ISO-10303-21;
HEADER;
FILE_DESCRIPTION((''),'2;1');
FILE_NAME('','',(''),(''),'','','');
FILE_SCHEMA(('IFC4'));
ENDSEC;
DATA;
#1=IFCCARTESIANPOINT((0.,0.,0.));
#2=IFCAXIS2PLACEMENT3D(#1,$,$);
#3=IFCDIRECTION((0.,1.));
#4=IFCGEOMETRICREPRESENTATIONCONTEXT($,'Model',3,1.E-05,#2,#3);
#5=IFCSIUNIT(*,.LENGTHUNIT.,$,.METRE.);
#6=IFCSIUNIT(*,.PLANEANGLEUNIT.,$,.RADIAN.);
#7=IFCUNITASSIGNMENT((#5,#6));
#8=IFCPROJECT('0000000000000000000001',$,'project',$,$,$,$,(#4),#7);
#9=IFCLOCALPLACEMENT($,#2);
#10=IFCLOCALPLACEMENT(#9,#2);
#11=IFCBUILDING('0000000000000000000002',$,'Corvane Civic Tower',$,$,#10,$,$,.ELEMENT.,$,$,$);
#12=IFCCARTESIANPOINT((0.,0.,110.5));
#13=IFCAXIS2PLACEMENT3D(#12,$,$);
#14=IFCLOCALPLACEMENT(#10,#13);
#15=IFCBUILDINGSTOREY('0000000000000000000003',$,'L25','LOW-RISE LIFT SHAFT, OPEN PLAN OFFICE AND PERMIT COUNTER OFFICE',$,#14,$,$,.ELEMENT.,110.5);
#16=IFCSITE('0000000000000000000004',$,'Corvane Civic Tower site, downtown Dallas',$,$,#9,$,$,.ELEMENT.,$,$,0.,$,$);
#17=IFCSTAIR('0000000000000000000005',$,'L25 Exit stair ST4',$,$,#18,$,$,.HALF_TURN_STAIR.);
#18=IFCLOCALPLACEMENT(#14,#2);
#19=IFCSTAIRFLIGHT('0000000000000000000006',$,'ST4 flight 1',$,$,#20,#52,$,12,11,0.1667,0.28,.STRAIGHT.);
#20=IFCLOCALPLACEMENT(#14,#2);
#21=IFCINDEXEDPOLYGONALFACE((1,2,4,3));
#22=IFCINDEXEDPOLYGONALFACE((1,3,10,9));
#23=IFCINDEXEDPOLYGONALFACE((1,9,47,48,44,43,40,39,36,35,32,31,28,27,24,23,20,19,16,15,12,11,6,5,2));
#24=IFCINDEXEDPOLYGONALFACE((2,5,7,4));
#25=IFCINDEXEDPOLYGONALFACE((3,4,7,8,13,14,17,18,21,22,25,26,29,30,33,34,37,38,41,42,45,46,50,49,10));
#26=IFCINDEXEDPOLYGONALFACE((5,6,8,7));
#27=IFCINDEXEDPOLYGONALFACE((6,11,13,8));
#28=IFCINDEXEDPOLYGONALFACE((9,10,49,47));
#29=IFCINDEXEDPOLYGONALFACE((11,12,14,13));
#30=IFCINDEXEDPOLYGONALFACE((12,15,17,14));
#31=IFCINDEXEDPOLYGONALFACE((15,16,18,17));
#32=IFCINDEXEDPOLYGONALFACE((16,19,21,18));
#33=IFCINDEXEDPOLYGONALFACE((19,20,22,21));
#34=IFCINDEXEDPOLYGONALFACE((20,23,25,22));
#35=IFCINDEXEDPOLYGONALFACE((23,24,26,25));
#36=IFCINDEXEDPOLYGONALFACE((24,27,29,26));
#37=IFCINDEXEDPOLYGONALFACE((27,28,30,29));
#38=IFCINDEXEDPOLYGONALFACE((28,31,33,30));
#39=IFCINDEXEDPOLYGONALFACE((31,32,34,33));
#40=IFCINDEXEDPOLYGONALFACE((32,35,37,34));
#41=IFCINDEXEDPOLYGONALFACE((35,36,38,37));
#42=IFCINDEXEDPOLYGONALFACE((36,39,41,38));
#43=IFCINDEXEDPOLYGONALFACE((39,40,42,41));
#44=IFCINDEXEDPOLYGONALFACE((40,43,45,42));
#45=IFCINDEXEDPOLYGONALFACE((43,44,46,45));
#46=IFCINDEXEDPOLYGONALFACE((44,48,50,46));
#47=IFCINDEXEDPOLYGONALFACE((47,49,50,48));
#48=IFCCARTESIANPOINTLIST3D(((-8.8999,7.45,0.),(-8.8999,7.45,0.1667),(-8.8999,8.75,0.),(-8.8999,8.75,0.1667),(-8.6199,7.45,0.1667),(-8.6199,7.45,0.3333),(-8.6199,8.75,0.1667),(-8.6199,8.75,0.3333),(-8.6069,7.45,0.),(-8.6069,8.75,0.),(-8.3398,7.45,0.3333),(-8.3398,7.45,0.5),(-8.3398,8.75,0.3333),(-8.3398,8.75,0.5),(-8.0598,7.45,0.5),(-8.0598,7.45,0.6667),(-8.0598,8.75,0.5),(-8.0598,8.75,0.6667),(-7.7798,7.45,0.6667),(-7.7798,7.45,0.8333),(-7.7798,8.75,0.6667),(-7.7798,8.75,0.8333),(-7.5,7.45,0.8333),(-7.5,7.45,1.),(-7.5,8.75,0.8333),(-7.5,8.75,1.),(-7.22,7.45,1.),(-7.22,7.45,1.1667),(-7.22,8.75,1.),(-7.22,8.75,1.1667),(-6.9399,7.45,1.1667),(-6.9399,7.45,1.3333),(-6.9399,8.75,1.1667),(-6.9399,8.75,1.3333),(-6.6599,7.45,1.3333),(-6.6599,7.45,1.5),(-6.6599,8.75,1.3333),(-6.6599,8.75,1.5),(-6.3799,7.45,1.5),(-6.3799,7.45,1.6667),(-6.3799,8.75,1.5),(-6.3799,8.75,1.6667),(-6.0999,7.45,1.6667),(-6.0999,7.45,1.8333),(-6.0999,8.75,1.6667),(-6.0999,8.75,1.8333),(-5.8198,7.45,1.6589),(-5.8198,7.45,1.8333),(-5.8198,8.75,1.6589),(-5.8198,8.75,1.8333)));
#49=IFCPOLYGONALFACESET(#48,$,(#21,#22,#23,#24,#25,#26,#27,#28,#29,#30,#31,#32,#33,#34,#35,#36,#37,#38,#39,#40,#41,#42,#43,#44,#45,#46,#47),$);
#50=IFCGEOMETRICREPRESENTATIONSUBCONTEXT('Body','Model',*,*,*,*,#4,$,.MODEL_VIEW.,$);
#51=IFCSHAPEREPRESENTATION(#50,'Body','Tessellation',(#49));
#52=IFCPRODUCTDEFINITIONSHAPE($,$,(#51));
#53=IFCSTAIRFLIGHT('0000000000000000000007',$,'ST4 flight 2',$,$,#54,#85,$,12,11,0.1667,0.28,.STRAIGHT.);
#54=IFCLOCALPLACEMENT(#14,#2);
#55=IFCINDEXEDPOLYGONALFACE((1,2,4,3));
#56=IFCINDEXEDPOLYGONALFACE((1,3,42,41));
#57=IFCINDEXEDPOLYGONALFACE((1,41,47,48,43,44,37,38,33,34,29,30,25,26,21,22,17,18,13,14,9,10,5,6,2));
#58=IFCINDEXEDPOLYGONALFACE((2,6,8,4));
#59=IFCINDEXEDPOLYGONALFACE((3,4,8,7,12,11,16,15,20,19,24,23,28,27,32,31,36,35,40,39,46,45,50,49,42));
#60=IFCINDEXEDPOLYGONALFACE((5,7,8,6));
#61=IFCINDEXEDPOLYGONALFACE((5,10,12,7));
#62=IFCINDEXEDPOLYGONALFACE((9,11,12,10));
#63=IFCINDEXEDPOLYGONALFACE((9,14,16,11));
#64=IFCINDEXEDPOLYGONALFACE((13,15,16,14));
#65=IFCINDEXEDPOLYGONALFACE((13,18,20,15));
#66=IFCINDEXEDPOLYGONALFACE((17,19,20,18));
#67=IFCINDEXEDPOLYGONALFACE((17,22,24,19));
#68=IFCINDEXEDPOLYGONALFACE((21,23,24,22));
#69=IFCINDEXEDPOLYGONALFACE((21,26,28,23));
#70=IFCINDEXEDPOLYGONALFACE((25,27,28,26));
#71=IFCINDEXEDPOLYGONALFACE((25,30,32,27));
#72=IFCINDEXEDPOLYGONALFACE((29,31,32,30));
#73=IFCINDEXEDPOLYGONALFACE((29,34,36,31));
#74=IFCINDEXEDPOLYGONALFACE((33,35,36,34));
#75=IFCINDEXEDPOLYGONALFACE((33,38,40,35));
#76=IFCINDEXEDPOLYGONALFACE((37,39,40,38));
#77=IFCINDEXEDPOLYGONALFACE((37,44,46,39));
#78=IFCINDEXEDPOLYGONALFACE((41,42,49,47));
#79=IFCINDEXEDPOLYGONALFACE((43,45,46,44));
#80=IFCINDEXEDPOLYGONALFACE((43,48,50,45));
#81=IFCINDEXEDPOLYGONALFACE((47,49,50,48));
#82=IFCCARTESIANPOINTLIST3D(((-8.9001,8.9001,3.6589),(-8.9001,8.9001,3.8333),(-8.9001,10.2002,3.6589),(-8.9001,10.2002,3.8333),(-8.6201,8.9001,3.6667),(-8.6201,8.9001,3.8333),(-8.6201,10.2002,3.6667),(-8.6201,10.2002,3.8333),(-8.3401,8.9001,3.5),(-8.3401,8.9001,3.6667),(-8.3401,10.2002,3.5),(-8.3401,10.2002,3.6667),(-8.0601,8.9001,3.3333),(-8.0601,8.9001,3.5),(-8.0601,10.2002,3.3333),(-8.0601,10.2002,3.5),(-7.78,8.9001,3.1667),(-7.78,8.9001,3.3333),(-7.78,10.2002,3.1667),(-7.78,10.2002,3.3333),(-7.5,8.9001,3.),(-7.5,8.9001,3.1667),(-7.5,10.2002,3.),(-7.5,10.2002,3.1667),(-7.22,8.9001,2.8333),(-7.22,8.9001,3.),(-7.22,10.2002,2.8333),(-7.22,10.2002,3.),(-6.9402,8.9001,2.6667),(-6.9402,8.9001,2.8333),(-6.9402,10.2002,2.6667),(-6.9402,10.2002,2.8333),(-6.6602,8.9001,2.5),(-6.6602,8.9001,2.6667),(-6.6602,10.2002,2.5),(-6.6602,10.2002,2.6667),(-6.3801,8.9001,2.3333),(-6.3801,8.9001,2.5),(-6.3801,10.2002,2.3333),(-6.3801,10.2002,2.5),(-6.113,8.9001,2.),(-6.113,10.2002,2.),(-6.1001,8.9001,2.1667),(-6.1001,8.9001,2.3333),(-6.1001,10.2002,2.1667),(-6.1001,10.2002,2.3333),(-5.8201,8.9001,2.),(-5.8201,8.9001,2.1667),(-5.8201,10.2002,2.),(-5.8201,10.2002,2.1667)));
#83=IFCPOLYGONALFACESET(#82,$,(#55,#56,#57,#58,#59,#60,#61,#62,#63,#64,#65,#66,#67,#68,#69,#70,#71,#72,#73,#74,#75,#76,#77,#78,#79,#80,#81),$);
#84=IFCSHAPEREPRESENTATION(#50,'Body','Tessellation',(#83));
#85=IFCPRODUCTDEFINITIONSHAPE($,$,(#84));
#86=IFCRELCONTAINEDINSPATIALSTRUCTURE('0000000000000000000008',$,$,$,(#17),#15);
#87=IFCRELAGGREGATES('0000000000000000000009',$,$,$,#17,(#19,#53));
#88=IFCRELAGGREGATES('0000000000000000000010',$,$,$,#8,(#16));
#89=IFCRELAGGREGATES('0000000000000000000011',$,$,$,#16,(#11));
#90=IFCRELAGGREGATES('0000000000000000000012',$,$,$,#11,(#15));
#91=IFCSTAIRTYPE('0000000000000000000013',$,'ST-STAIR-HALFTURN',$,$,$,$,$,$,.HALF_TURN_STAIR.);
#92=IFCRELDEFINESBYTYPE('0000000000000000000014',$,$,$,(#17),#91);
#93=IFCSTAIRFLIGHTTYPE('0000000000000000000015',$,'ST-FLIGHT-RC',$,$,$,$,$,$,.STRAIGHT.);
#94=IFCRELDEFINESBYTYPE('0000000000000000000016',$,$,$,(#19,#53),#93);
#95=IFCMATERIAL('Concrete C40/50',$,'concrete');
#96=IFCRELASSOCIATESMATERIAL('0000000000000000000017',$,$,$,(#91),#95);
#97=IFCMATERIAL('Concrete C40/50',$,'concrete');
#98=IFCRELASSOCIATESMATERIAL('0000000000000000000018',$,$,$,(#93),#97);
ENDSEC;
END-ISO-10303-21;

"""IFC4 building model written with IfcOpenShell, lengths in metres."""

from ifc_helpers import new_model, si_unit, direction, frame, origin, place, context, subcontext, project, spatial, polyline, outline, extrude, material, type_object, element, aggregate, save


model = new_model("IFC4")

# Units and contexts
model_context = context("Model", 3, precision=1e-05, world=origin(), true_north=direction((0.0, 1.0)))
body_context = subcontext(model_context, "Body", "Model", "MODEL_VIEW")
ifc_project = project(units=[si_unit("LENGTHUNIT", "METRE"), si_unit("PLANEANGLEUNIT", "RADIAN")], contexts=[model_context])

# Site, building, storey
site_placement = place(None, origin())
site = spatial("IfcSite", under=ifc_project, at=site_placement, Name="Corvane Civic Tower site, downtown Dallas", CompositionType="ELEMENT", RefElevation=0.0)
building_placement = place(site_placement, origin())
building = spatial("IfcBuilding", under=site, at=building_placement, Name="Corvane Civic Tower", CompositionType="ELEMENT")
storey_placement = place(building_placement, frame((0.0, 0.0, 110.5)))
storey = spatial("IfcBuildingStorey", under=building, at=storey_placement, Name="L25", Description="LOW-RISE LIFT SHAFT, OPEN PLAN OFFICE AND PERMIT COUNTER OFFICE", CompositionType="ELEMENT", Elevation=110.5)

# Stair
ifc_material_1 = material(Name="Concrete C40/50", Category="concrete")
stair_type = type_object("IfcStairType", Name="ST-STAIR-HALFTURN", PredefinedType="HALF_TURN_STAIR", material=ifc_material_1)
stair_1_placement = place(storey_placement, origin())
stair_1 = element("IfcStair", 1, at=stair_1_placement, inside=storey, type_object=stair_type, Name="L25 Exit stair ST4", PredefinedType="HALF_TURN_STAIR")

# Stair flights
ifc_material_2 = material(Name="Concrete C40/50", Category="concrete")
stair_flight_type = type_object("IfcStairFlightType", Name="ST-FLIGHT-RC", PredefinedType="STRAIGHT", material=ifc_material_2)
stair_flight_1_placement = place(storey_placement, frame((-8.8999, 8.1001, 0.0), z_axis=(0.0, 0.0, 1.0), x_axis=(1.0, 0.0, 0.0)))
stair_flight_1 = element("IfcStairFlight", 2, at=stair_flight_1_placement, type_object=stair_flight_type, Name="ST4 flight 1", NumberOfRisers=12, NumberOfTreads=11, PredefinedType="STRAIGHT", RiserHeight=0.1667, TreadLength=0.28, context=body_context, shape_type="SweptSolid", body=[
    extrude(outline(polyline([(0.0, 0.0), (0.0, 0.1667), (0.28, 0.1667), (0.28, 0.3333), (0.5601, 0.3333), (0.5601, 0.5), (0.8401, 0.5), (0.8401, 0.6667), (1.1201, 0.6667), (1.1201, 0.8333), (1.3999, 0.8333), (1.3999, 1.0), (1.6799, 1.0), (1.6799, 1.1667), (1.96, 1.1667), (1.96, 1.3333), (2.24, 1.3333), (2.24, 1.5), (2.52, 1.5), (2.52, 1.6667), (2.8, 1.6667), (2.8, 1.8333), (3.0801, 1.8333), (3.0801, 2.0), (3.0801, 1.6589), (0.293, 0.0), (0.0, 0.0)])), frame((0.0, 0.6499, 0.0), z_axis=(0.0, -1.0, 0.0), x_axis=(1.0, 0.0, 0.0)), (0.0, 0.0, 1.0), 1.3),
])
stair_flight_2_placement = place(storey_placement, frame((-5.8201, 9.55, 2.0), z_axis=(0.0, 0.0, 1.0), x_axis=(-1.0, 0.0, 0.0)))
stair_flight_2 = element("IfcStairFlight", 3, at=stair_flight_2_placement, type_object=stair_flight_type, Name="ST4 flight 2", NumberOfRisers=12, NumberOfTreads=11, PredefinedType="STRAIGHT", RiserHeight=0.1667, TreadLength=0.28, context=body_context, shape_type="SweptSolid", body=[
    extrude(outline(polyline([(0.0, 0.0), (0.0, 0.1667), (0.28, 0.1667), (0.28, 0.3333), (0.5601, 0.3333), (0.5601, 0.5), (0.8401, 0.5), (0.8401, 0.6667), (1.1201, 0.6667), (1.1201, 0.8333), (1.3999, 0.8333), (1.3999, 1.0), (1.6799, 1.0), (1.6799, 1.1667), (1.96, 1.1667), (1.96, 1.3333), (2.24, 1.3333), (2.24, 1.5), (2.52, 1.5), (2.52, 1.6667), (2.8, 1.6667), (2.8, 1.8333), (3.0801, 1.8333), (3.0801, 2.0), (3.0801, 1.6589), (0.293, 0.0), (0.0, 0.0)])), frame((0.0, 0.6499, 0.0), z_axis=(0.0, -1.0, 0.0), x_axis=(1.0, 0.0, 0.0)), (0.0, 0.0, 1.0), 1.3),
])
aggregate(stair_1, [stair_flight_1, stair_flight_2])

save(model, "model.ifc")
